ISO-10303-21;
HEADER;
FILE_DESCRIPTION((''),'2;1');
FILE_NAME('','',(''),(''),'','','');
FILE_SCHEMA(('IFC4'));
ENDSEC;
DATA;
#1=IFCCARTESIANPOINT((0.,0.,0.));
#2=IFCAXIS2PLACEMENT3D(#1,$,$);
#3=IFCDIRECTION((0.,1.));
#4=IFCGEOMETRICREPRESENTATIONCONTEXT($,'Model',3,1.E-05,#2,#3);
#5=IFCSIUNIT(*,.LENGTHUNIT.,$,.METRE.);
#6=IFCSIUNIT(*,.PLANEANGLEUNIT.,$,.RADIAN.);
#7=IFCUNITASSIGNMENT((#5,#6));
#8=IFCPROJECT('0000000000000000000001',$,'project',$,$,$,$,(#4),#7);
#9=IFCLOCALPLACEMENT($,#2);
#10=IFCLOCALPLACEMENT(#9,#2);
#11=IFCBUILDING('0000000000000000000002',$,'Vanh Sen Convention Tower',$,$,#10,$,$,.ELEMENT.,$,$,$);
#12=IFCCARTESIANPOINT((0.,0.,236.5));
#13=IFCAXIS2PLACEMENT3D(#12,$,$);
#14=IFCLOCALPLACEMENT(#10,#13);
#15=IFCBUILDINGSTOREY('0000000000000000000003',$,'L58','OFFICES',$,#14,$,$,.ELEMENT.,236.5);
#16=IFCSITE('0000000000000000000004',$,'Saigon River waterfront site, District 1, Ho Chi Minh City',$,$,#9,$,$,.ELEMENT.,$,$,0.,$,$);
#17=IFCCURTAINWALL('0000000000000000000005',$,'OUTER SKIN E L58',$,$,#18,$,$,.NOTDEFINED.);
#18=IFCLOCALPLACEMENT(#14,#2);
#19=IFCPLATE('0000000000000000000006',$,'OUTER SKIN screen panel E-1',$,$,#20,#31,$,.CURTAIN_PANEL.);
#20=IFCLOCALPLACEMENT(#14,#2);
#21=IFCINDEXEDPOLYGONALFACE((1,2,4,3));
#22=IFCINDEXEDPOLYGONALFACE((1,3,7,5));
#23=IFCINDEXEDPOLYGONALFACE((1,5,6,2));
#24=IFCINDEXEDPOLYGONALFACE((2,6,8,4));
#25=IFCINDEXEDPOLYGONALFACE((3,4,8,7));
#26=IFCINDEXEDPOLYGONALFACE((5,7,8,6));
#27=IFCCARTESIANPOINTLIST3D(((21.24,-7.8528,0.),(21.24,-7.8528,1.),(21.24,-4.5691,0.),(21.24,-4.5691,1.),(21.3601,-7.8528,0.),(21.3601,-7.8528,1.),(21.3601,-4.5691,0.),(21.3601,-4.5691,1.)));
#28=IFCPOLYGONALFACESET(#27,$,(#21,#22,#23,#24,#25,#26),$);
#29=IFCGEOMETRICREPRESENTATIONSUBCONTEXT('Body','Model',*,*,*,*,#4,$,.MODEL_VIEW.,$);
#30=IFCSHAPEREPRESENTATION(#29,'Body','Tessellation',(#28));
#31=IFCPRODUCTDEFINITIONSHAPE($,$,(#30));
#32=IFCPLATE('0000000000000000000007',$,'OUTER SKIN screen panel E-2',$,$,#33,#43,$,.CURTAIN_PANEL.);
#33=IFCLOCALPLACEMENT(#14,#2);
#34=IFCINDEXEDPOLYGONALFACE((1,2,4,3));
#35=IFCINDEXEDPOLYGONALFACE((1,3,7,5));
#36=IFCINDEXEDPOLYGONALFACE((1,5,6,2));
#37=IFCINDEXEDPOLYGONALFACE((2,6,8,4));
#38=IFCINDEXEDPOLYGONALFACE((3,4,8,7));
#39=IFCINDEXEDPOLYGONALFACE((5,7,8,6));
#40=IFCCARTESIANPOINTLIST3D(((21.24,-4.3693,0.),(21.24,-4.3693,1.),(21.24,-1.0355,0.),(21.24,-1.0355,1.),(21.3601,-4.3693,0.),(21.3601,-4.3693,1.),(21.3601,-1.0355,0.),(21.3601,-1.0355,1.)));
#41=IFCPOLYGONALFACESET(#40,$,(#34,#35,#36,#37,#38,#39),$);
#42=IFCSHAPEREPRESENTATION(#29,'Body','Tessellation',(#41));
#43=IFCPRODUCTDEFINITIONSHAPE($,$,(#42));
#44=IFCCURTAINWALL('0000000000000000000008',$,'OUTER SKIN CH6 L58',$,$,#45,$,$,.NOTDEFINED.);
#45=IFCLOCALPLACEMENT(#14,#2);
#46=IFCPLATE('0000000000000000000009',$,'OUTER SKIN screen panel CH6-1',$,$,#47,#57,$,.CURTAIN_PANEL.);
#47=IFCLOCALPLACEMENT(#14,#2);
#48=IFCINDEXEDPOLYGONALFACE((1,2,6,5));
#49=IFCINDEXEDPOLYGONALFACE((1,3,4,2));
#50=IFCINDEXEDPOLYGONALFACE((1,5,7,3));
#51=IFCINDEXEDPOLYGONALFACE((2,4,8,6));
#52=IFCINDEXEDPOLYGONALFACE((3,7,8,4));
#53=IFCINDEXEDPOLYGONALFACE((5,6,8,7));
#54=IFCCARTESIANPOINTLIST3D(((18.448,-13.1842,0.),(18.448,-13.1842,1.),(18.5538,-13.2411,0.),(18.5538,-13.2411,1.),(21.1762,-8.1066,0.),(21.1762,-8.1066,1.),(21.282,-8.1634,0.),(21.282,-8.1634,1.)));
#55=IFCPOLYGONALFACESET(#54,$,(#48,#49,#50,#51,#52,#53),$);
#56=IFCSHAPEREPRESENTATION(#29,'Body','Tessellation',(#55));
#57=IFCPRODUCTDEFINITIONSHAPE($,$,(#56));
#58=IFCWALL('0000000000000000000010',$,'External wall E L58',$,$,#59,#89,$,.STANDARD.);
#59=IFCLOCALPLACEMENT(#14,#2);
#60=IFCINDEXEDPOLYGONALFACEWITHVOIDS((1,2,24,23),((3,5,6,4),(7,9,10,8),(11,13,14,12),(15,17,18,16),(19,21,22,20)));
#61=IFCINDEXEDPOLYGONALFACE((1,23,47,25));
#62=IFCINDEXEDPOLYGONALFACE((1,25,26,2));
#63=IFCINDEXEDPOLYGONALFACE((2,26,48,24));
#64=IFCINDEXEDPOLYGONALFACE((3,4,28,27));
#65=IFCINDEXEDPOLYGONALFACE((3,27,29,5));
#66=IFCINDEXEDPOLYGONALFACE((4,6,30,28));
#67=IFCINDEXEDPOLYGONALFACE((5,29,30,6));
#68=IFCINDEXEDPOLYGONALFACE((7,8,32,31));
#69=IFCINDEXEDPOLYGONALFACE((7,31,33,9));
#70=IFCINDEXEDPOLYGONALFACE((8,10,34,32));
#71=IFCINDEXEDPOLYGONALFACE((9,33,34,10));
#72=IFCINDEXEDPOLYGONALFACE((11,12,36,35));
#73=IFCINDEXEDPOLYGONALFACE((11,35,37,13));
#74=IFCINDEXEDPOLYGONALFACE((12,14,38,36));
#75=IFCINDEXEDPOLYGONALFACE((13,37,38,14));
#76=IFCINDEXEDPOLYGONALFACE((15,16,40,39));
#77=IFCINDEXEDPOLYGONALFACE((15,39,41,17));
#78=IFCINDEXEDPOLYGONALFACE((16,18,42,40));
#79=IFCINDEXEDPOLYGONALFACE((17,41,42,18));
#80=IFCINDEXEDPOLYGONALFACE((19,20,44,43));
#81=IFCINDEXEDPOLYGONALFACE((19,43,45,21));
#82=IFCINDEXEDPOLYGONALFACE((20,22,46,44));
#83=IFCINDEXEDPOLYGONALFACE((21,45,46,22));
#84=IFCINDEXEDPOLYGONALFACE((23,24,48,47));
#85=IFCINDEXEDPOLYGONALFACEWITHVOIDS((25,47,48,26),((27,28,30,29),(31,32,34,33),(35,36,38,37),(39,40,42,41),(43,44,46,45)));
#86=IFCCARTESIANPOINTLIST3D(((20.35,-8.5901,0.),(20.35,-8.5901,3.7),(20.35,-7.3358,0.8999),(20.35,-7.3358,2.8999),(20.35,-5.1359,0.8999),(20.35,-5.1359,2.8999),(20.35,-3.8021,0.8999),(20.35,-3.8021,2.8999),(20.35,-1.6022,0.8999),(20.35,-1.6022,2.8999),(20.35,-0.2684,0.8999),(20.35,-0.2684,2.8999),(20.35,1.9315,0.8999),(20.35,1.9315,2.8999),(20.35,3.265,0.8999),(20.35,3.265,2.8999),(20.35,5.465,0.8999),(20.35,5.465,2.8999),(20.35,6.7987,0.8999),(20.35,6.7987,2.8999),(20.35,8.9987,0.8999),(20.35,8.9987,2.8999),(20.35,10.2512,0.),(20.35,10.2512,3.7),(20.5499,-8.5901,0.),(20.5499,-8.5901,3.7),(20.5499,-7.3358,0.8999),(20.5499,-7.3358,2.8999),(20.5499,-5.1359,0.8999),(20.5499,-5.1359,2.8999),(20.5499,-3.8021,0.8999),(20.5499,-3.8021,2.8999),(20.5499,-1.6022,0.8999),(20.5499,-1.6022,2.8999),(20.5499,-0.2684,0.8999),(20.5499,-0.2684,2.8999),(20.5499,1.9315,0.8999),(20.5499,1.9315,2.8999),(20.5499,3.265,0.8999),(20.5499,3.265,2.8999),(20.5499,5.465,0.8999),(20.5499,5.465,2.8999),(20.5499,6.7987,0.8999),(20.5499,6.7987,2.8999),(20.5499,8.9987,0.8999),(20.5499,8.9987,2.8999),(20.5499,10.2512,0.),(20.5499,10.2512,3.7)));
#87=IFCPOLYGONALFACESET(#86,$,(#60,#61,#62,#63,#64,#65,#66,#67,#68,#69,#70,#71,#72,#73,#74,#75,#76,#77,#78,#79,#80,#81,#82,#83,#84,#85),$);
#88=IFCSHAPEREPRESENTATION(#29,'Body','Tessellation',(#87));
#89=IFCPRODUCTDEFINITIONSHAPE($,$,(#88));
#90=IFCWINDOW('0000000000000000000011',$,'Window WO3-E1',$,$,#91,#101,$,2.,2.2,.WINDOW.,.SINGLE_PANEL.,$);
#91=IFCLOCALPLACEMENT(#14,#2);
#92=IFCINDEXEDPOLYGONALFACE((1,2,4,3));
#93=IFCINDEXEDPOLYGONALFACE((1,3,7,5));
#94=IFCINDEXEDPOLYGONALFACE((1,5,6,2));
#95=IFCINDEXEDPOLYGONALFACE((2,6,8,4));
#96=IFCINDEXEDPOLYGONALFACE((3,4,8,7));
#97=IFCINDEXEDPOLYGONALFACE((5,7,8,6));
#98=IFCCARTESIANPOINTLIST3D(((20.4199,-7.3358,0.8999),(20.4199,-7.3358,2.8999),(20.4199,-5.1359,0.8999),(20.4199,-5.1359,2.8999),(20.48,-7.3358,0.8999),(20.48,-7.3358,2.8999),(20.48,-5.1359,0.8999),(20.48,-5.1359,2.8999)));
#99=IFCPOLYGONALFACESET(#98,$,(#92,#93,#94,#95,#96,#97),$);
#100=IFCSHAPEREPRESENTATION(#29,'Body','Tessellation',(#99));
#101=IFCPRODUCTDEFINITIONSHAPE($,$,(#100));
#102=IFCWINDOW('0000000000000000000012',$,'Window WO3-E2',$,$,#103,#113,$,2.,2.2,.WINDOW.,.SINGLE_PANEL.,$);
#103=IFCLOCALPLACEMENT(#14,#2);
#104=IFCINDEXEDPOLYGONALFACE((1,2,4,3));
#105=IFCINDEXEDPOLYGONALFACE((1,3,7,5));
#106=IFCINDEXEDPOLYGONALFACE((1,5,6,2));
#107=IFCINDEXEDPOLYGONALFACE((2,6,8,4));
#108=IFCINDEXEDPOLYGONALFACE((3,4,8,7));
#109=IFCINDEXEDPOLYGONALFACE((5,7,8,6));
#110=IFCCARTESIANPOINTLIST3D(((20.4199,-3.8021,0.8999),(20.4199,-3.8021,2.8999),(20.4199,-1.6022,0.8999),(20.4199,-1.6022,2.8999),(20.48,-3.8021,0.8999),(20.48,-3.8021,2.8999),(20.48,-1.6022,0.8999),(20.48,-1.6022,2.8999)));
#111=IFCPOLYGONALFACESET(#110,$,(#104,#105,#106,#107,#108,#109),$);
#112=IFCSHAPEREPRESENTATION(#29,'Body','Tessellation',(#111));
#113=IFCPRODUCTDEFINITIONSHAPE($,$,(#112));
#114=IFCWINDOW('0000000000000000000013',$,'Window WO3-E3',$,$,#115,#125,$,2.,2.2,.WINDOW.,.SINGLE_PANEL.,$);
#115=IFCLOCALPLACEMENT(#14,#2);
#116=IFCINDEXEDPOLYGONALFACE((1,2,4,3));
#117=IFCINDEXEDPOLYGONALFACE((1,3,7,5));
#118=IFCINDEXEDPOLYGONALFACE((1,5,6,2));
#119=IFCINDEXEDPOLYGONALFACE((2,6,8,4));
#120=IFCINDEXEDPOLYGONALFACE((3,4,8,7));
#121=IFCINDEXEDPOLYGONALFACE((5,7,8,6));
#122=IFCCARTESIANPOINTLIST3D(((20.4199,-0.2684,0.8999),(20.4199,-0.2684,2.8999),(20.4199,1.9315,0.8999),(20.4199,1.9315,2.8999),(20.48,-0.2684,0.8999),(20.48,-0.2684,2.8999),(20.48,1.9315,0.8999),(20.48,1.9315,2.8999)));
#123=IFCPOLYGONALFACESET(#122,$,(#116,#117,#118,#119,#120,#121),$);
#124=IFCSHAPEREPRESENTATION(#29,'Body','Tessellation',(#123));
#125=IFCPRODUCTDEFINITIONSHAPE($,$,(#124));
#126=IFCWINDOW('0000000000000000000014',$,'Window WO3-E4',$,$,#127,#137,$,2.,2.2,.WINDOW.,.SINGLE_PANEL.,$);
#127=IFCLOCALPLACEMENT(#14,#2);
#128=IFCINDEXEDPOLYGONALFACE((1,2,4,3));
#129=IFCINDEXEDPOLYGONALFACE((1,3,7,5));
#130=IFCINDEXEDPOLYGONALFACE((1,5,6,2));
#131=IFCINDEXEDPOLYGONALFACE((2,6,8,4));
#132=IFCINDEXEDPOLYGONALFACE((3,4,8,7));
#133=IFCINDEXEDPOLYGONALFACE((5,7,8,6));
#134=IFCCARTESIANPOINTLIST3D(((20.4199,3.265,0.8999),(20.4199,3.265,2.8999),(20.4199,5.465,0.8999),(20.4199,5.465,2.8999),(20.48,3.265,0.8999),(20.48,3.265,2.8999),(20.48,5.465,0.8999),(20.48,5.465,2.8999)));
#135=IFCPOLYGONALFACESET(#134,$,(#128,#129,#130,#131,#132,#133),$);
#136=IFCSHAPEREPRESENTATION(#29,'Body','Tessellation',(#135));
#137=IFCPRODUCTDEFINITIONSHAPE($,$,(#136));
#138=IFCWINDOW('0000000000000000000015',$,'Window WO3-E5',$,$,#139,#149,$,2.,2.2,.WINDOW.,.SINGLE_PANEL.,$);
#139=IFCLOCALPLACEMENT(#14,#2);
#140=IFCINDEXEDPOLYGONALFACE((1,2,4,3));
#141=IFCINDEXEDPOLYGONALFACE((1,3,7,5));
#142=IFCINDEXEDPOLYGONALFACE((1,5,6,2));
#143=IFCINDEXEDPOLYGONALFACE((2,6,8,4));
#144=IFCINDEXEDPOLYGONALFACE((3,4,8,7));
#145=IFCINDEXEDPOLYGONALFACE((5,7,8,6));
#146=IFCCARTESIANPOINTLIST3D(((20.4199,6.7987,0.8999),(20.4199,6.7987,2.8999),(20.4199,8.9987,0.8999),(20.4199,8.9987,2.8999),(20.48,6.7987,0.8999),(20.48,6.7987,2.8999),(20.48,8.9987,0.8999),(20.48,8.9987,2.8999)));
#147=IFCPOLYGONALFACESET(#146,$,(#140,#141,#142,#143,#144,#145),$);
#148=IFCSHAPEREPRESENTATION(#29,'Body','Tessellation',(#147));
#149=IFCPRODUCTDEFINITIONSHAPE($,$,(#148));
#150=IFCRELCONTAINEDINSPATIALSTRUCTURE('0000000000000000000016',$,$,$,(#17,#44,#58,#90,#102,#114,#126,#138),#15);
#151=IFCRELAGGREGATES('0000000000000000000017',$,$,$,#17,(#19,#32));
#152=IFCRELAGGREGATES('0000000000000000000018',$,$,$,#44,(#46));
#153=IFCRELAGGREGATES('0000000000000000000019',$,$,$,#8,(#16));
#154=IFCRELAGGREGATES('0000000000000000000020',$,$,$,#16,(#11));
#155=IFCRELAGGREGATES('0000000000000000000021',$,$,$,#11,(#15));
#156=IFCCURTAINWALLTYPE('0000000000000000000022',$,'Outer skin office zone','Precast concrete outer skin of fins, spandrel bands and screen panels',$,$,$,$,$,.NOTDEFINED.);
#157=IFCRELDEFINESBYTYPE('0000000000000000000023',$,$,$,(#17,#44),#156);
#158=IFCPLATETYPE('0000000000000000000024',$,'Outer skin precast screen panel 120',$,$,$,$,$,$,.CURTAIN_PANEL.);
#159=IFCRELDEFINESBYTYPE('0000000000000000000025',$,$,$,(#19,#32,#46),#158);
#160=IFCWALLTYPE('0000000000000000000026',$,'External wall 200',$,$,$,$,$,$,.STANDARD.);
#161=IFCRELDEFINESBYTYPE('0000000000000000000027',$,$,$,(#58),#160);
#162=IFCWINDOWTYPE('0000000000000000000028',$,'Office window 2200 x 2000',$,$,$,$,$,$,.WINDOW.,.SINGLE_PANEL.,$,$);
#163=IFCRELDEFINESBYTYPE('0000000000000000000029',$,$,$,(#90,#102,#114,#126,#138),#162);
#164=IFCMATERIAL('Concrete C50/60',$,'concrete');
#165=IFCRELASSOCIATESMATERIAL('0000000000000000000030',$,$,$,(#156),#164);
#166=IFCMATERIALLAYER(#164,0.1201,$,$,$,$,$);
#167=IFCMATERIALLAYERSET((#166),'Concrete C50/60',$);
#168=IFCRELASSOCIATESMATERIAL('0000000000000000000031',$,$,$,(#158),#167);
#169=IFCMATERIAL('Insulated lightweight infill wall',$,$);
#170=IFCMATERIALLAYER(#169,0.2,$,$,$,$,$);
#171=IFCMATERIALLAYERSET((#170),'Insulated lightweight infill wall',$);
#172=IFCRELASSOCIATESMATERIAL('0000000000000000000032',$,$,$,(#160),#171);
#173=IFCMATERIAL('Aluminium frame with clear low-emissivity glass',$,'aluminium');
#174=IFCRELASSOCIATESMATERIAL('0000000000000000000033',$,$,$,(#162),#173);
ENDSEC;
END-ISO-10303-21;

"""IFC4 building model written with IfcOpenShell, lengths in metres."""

from ifc_helpers import new_model, si_unit, direction, frame, frame_2d, origin, origin_2d, place, context, subcontext, project, spatial, rectangle, extrude, material, layer, layer_set, type_object, element, fill, aggregate, save


model = new_model("IFC4")

# Units and contexts
model_context = context("Model", 3, precision=1e-05, world=origin(), true_north=direction((0.0, 1.0)))
body_context = subcontext(model_context, "Body", "Model", "MODEL_VIEW")
ifc_project = project(units=[si_unit("LENGTHUNIT", "METRE"), si_unit("PLANEANGLEUNIT", "RADIAN")], contexts=[model_context])

# Site, building, storey
site_placement = place(None, origin())
site = spatial("IfcSite", under=ifc_project, at=site_placement, Name="Saigon River waterfront site, District 1, Ho Chi Minh City", CompositionType="ELEMENT", RefElevation=0.0)
building_placement = place(site_placement, origin())
building = spatial("IfcBuilding", under=site, at=building_placement, Name="Vanh Sen Convention Tower", CompositionType="ELEMENT")
storey_placement = place(building_placement, frame((0.0, 0.0, 236.5)))
storey = spatial("IfcBuildingStorey", under=building, at=storey_placement, Name="L58", Description="OFFICES", CompositionType="ELEMENT", Elevation=236.5)

# Curtain wall
ifc_material_1 = material(Name="Concrete C50/60", Category="concrete")
curtain_wall_type = type_object("IfcCurtainWallType", Name="Outer skin office zone", Description="Precast concrete outer skin of fins, spandrel bands and screen panels", PredefinedType="NOTDEFINED", material=ifc_material_1)
curtain_wall_1_placement = place(storey_placement, origin())
curtain_wall_1 = element("IfcCurtainWall", 1, at=curtain_wall_1_placement, inside=storey, type_object=curtain_wall_type, Name="OUTER SKIN E L58", PredefinedType="NOTDEFINED")

# Plates
ifc_layer_1 = layer(ifc_material_1, 0.1201)
ifc_layer_set_1 = layer_set([ifc_layer_1], Name="Concrete C50/60")
plate_type = type_object("IfcPlateType", Name="Outer skin precast screen panel 120", PredefinedType="CURTAIN_PANEL", material=ifc_layer_set_1)
plate_1_placement = place(storey_placement, frame((21.3, -6.2109, 0.0), z_axis=(0.0, 0.0, 1.0), x_axis=(0.0, 1.0, 0.0)))
plate_1 = element("IfcPlate", 2, at=plate_1_placement, type_object=plate_type, Name="OUTER SKIN screen panel E-1", PredefinedType="CURTAIN_PANEL", context=body_context, shape_type="SweptSolid", body=[
    extrude(rectangle(XDim=3.2837, YDim=0.1201, at=origin_2d()), origin(), (0.0, 0.0, 1.0), 1.0),
])
plate_2_placement = place(storey_placement, frame((21.3, -2.7024, 0.0), z_axis=(0.0, 0.0, 1.0), x_axis=(0.0, 1.0, 0.0)))
plate_2 = element("IfcPlate", 3, at=plate_2_placement, type_object=plate_type, Name="OUTER SKIN screen panel E-2", PredefinedType="CURTAIN_PANEL", context=body_context, shape_type="SweptSolid", body=[
    extrude(rectangle(XDim=3.3337, YDim=0.1201, at=origin_2d()), origin(), (0.0, 0.0, 1.0), 1.0),
])
aggregate(curtain_wall_1, [plate_1, plate_2])

# Curtain wall, plate
curtain_wall_2_placement = place(storey_placement, origin())
curtain_wall_2 = element("IfcCurtainWall", 4, at=curtain_wall_2_placement, inside=storey, type_object=curtain_wall_type, Name="OUTER SKIN CH6 L58", PredefinedType="NOTDEFINED")
plate_3_placement = place(storey_placement, frame((19.865, -10.6738, 0.0), z_axis=(0.0, 0.0, 1.0), x_axis=(0.473314, 0.880894, 0.0)))
plate_3 = element("IfcPlate", 5, at=plate_3_placement, type_object=plate_type, Name="OUTER SKIN screen panel CH6-1", PredefinedType="CURTAIN_PANEL", context=body_context, shape_type="SweptSolid", body=[
    extrude(rectangle(XDim=5.7642, YDim=0.1201, at=origin_2d()), origin(), (0.0, 0.0, 1.0), 1.0),
])
aggregate(curtain_wall_2, [plate_3])

# Wall, openings, windows
ifc_material_2 = material(Name="Insulated lightweight infill wall")
ifc_layer_2 = layer(ifc_material_2, 0.2)
ifc_layer_set_2 = layer_set([ifc_layer_2], Name="Insulated lightweight infill wall")
wall_type = type_object("IfcWallType", Name="External wall 200", PredefinedType="STANDARD", material=ifc_layer_set_2)
wall_1_placement = place(storey_placement, frame((20.45, -8.5901, 0.0), z_axis=(0.0, 0.0, 1.0), x_axis=(0.0, 1.0, 0.0)))
wall_1 = element("IfcWall", 6, at=wall_1_placement, inside=storey, type_object=wall_type, Name="External wall E L58", PredefinedType="STANDARD", context=body_context, shape_type="SweptSolid", body=[
    extrude(rectangle(XDim=18.8413, YDim=0.2, at=frame_2d((9.4207, 0.0))), origin(), (0.0, 0.0, 1.0), 3.7),
])
opening_1_placement = place(wall_1_placement, frame((1.2542, 0.0, 0.8999)))
opening_1 = element("IfcOpeningElement", 7, at=opening_1_placement, cuts=wall_1, PredefinedType="OPENING", context=body_context, shape_type="SweptSolid", body=[
    extrude(rectangle(XDim=2.2, YDim=2.0, at=frame_2d((1.1001, 1.0))), frame((0.0, 0.1099, 0.0), z_axis=(0.0, -1.0, 0.0), x_axis=(1.0, 0.0, 0.0)), (0.0, 0.0, 1.0), 0.22),
])
opening_2_placement = place(wall_1_placement, frame((4.7878, 0.0, 0.8999)))
opening_2 = element("IfcOpeningElement", 8, at=opening_2_placement, cuts=wall_1, PredefinedType="OPENING", context=body_context, shape_type="SweptSolid", body=[
    extrude(rectangle(XDim=2.2, YDim=2.0, at=frame_2d((1.1001, 1.0))), frame((0.0, 0.1099, 0.0), z_axis=(0.0, -1.0, 0.0), x_axis=(1.0, 0.0, 0.0)), (0.0, 0.0, 1.0), 0.22),
])
opening_3_placement = place(wall_1_placement, frame((8.3215, 0.0, 0.8999)))
opening_3 = element("IfcOpeningElement", 9, at=opening_3_placement, cuts=wall_1, PredefinedType="OPENING", context=body_context, shape_type="SweptSolid", body=[
    extrude(rectangle(XDim=2.2, YDim=2.0, at=frame_2d((1.1001, 1.0))), frame((0.0, 0.1099, 0.0), z_axis=(0.0, -1.0, 0.0), x_axis=(1.0, 0.0, 0.0)), (0.0, 0.0, 1.0), 0.22),
])
opening_4_placement = place(wall_1_placement, frame((11.855, 0.0, 0.8999)))
opening_4 = element("IfcOpeningElement", 10, at=opening_4_placement, cuts=wall_1, PredefinedType="OPENING", context=body_context, shape_type="SweptSolid", body=[
    extrude(rectangle(XDim=2.2, YDim=2.0, at=frame_2d((1.1001, 1.0))), frame((0.0, 0.1099, 0.0), z_axis=(0.0, -1.0, 0.0), x_axis=(1.0, 0.0, 0.0)), (0.0, 0.0, 1.0), 0.22),
])
opening_5_placement = place(wall_1_placement, frame((15.3887, 0.0, 0.8999)))
opening_5 = element("IfcOpeningElement", 11, at=opening_5_placement, cuts=wall_1, PredefinedType="OPENING", context=body_context, shape_type="SweptSolid", body=[
    extrude(rectangle(XDim=2.2, YDim=2.0, at=frame_2d((1.1001, 1.0))), frame((0.0, 0.1099, 0.0), z_axis=(0.0, -1.0, 0.0), x_axis=(1.0, 0.0, 0.0)), (0.0, 0.0, 1.0), 0.22),
])
ifc_material_3 = material(Name="Aluminium frame with clear low-emissivity glass", Category="aluminium")
window_type_1 = type_object("IfcWindowType", Name="Office window 2200 x 2000", PartitioningType="SINGLE_PANEL", PredefinedType="WINDOW", material=ifc_material_3)
window_1_placement = place(opening_1_placement, origin())
window_1 = element("IfcWindow", 12, at=window_1_placement, inside=storey, type_object=window_type_1, Name="Window WO3-E1", OverallHeight=2.0, OverallWidth=2.2, PartitioningType="SINGLE_PANEL", PredefinedType="WINDOW", context=body_context, shape_type="SweptSolid", body=[
    extrude(rectangle(XDim=2.2, YDim=2.0, at=frame_2d((1.1001, 1.0))), frame((0.0, 0.03, 0.0), z_axis=(0.0, -1.0, 0.0), x_axis=(1.0, 0.0, 0.0)), (0.0, 0.0, 1.0), 0.0601),
])
fill(opening_1, window_1)
window_2_placement = place(opening_2_placement, origin())
window_2 = element("IfcWindow", 13, at=window_2_placement, inside=storey, type_object=window_type_1, Name="Window WO3-E2", OverallHeight=2.0, OverallWidth=2.2, PartitioningType="SINGLE_PANEL", PredefinedType="WINDOW", context=body_context, shape_type="SweptSolid", body=[
    extrude(rectangle(XDim=2.2, YDim=2.0, at=frame_2d((1.1001, 1.0))), frame((0.0, 0.03, 0.0), z_axis=(0.0, -1.0, 0.0), x_axis=(1.0, 0.0, 0.0)), (0.0, 0.0, 1.0), 0.0601),
])
fill(opening_2, window_2)
window_3_placement = place(opening_3_placement, origin())
window_3 = element("IfcWindow", 14, at=window_3_placement, inside=storey, type_object=window_type_1, Name="Window WO3-E3", OverallHeight=2.0, OverallWidth=2.2, PartitioningType="SINGLE_PANEL", PredefinedType="WINDOW", context=body_context, shape_type="SweptSolid", body=[
    extrude(rectangle(XDim=2.2, YDim=2.0, at=frame_2d((1.1001, 1.0))), frame((0.0, 0.03, 0.0), z_axis=(0.0, -1.0, 0.0), x_axis=(1.0, 0.0, 0.0)), (0.0, 0.0, 1.0), 0.0601),
])
fill(opening_3, window_3)
window_4_placement = place(opening_4_placement, origin())
window_4 = element("IfcWindow", 15, at=window_4_placement, inside=storey, type_object=window_type_1, Name="Window WO3-E4", OverallHeight=2.0, OverallWidth=2.2, PartitioningType="SINGLE_PANEL", PredefinedType="WINDOW", context=body_context, shape_type="SweptSolid", body=[
    extrude(rectangle(XDim=2.2, YDim=2.0, at=frame_2d((1.1001, 1.0))), frame((0.0, 0.03, 0.0), z_axis=(0.0, -1.0, 0.0), x_axis=(1.0, 0.0, 0.0)), (0.0, 0.0, 1.0), 0.0601),
])
fill(opening_4, window_4)
window_5_placement = place(opening_5_placement, origin())
window_5 = element("IfcWindow", 16, at=window_5_placement, inside=storey, type_object=window_type_1, Name="Window WO3-E5", OverallHeight=2.0, OverallWidth=2.2, PartitioningType="SINGLE_PANEL", PredefinedType="WINDOW", context=body_context, shape_type="SweptSolid", body=[
    extrude(rectangle(XDim=2.2, YDim=2.0, at=frame_2d((1.1001, 1.0))), frame((0.0, 0.03, 0.0), z_axis=(0.0, -1.0, 0.0), x_axis=(1.0, 0.0, 0.0)), (0.0, 0.0, 1.0), 0.0601),
])
fill(opening_5, window_5)

save(model, "model.ifc")
